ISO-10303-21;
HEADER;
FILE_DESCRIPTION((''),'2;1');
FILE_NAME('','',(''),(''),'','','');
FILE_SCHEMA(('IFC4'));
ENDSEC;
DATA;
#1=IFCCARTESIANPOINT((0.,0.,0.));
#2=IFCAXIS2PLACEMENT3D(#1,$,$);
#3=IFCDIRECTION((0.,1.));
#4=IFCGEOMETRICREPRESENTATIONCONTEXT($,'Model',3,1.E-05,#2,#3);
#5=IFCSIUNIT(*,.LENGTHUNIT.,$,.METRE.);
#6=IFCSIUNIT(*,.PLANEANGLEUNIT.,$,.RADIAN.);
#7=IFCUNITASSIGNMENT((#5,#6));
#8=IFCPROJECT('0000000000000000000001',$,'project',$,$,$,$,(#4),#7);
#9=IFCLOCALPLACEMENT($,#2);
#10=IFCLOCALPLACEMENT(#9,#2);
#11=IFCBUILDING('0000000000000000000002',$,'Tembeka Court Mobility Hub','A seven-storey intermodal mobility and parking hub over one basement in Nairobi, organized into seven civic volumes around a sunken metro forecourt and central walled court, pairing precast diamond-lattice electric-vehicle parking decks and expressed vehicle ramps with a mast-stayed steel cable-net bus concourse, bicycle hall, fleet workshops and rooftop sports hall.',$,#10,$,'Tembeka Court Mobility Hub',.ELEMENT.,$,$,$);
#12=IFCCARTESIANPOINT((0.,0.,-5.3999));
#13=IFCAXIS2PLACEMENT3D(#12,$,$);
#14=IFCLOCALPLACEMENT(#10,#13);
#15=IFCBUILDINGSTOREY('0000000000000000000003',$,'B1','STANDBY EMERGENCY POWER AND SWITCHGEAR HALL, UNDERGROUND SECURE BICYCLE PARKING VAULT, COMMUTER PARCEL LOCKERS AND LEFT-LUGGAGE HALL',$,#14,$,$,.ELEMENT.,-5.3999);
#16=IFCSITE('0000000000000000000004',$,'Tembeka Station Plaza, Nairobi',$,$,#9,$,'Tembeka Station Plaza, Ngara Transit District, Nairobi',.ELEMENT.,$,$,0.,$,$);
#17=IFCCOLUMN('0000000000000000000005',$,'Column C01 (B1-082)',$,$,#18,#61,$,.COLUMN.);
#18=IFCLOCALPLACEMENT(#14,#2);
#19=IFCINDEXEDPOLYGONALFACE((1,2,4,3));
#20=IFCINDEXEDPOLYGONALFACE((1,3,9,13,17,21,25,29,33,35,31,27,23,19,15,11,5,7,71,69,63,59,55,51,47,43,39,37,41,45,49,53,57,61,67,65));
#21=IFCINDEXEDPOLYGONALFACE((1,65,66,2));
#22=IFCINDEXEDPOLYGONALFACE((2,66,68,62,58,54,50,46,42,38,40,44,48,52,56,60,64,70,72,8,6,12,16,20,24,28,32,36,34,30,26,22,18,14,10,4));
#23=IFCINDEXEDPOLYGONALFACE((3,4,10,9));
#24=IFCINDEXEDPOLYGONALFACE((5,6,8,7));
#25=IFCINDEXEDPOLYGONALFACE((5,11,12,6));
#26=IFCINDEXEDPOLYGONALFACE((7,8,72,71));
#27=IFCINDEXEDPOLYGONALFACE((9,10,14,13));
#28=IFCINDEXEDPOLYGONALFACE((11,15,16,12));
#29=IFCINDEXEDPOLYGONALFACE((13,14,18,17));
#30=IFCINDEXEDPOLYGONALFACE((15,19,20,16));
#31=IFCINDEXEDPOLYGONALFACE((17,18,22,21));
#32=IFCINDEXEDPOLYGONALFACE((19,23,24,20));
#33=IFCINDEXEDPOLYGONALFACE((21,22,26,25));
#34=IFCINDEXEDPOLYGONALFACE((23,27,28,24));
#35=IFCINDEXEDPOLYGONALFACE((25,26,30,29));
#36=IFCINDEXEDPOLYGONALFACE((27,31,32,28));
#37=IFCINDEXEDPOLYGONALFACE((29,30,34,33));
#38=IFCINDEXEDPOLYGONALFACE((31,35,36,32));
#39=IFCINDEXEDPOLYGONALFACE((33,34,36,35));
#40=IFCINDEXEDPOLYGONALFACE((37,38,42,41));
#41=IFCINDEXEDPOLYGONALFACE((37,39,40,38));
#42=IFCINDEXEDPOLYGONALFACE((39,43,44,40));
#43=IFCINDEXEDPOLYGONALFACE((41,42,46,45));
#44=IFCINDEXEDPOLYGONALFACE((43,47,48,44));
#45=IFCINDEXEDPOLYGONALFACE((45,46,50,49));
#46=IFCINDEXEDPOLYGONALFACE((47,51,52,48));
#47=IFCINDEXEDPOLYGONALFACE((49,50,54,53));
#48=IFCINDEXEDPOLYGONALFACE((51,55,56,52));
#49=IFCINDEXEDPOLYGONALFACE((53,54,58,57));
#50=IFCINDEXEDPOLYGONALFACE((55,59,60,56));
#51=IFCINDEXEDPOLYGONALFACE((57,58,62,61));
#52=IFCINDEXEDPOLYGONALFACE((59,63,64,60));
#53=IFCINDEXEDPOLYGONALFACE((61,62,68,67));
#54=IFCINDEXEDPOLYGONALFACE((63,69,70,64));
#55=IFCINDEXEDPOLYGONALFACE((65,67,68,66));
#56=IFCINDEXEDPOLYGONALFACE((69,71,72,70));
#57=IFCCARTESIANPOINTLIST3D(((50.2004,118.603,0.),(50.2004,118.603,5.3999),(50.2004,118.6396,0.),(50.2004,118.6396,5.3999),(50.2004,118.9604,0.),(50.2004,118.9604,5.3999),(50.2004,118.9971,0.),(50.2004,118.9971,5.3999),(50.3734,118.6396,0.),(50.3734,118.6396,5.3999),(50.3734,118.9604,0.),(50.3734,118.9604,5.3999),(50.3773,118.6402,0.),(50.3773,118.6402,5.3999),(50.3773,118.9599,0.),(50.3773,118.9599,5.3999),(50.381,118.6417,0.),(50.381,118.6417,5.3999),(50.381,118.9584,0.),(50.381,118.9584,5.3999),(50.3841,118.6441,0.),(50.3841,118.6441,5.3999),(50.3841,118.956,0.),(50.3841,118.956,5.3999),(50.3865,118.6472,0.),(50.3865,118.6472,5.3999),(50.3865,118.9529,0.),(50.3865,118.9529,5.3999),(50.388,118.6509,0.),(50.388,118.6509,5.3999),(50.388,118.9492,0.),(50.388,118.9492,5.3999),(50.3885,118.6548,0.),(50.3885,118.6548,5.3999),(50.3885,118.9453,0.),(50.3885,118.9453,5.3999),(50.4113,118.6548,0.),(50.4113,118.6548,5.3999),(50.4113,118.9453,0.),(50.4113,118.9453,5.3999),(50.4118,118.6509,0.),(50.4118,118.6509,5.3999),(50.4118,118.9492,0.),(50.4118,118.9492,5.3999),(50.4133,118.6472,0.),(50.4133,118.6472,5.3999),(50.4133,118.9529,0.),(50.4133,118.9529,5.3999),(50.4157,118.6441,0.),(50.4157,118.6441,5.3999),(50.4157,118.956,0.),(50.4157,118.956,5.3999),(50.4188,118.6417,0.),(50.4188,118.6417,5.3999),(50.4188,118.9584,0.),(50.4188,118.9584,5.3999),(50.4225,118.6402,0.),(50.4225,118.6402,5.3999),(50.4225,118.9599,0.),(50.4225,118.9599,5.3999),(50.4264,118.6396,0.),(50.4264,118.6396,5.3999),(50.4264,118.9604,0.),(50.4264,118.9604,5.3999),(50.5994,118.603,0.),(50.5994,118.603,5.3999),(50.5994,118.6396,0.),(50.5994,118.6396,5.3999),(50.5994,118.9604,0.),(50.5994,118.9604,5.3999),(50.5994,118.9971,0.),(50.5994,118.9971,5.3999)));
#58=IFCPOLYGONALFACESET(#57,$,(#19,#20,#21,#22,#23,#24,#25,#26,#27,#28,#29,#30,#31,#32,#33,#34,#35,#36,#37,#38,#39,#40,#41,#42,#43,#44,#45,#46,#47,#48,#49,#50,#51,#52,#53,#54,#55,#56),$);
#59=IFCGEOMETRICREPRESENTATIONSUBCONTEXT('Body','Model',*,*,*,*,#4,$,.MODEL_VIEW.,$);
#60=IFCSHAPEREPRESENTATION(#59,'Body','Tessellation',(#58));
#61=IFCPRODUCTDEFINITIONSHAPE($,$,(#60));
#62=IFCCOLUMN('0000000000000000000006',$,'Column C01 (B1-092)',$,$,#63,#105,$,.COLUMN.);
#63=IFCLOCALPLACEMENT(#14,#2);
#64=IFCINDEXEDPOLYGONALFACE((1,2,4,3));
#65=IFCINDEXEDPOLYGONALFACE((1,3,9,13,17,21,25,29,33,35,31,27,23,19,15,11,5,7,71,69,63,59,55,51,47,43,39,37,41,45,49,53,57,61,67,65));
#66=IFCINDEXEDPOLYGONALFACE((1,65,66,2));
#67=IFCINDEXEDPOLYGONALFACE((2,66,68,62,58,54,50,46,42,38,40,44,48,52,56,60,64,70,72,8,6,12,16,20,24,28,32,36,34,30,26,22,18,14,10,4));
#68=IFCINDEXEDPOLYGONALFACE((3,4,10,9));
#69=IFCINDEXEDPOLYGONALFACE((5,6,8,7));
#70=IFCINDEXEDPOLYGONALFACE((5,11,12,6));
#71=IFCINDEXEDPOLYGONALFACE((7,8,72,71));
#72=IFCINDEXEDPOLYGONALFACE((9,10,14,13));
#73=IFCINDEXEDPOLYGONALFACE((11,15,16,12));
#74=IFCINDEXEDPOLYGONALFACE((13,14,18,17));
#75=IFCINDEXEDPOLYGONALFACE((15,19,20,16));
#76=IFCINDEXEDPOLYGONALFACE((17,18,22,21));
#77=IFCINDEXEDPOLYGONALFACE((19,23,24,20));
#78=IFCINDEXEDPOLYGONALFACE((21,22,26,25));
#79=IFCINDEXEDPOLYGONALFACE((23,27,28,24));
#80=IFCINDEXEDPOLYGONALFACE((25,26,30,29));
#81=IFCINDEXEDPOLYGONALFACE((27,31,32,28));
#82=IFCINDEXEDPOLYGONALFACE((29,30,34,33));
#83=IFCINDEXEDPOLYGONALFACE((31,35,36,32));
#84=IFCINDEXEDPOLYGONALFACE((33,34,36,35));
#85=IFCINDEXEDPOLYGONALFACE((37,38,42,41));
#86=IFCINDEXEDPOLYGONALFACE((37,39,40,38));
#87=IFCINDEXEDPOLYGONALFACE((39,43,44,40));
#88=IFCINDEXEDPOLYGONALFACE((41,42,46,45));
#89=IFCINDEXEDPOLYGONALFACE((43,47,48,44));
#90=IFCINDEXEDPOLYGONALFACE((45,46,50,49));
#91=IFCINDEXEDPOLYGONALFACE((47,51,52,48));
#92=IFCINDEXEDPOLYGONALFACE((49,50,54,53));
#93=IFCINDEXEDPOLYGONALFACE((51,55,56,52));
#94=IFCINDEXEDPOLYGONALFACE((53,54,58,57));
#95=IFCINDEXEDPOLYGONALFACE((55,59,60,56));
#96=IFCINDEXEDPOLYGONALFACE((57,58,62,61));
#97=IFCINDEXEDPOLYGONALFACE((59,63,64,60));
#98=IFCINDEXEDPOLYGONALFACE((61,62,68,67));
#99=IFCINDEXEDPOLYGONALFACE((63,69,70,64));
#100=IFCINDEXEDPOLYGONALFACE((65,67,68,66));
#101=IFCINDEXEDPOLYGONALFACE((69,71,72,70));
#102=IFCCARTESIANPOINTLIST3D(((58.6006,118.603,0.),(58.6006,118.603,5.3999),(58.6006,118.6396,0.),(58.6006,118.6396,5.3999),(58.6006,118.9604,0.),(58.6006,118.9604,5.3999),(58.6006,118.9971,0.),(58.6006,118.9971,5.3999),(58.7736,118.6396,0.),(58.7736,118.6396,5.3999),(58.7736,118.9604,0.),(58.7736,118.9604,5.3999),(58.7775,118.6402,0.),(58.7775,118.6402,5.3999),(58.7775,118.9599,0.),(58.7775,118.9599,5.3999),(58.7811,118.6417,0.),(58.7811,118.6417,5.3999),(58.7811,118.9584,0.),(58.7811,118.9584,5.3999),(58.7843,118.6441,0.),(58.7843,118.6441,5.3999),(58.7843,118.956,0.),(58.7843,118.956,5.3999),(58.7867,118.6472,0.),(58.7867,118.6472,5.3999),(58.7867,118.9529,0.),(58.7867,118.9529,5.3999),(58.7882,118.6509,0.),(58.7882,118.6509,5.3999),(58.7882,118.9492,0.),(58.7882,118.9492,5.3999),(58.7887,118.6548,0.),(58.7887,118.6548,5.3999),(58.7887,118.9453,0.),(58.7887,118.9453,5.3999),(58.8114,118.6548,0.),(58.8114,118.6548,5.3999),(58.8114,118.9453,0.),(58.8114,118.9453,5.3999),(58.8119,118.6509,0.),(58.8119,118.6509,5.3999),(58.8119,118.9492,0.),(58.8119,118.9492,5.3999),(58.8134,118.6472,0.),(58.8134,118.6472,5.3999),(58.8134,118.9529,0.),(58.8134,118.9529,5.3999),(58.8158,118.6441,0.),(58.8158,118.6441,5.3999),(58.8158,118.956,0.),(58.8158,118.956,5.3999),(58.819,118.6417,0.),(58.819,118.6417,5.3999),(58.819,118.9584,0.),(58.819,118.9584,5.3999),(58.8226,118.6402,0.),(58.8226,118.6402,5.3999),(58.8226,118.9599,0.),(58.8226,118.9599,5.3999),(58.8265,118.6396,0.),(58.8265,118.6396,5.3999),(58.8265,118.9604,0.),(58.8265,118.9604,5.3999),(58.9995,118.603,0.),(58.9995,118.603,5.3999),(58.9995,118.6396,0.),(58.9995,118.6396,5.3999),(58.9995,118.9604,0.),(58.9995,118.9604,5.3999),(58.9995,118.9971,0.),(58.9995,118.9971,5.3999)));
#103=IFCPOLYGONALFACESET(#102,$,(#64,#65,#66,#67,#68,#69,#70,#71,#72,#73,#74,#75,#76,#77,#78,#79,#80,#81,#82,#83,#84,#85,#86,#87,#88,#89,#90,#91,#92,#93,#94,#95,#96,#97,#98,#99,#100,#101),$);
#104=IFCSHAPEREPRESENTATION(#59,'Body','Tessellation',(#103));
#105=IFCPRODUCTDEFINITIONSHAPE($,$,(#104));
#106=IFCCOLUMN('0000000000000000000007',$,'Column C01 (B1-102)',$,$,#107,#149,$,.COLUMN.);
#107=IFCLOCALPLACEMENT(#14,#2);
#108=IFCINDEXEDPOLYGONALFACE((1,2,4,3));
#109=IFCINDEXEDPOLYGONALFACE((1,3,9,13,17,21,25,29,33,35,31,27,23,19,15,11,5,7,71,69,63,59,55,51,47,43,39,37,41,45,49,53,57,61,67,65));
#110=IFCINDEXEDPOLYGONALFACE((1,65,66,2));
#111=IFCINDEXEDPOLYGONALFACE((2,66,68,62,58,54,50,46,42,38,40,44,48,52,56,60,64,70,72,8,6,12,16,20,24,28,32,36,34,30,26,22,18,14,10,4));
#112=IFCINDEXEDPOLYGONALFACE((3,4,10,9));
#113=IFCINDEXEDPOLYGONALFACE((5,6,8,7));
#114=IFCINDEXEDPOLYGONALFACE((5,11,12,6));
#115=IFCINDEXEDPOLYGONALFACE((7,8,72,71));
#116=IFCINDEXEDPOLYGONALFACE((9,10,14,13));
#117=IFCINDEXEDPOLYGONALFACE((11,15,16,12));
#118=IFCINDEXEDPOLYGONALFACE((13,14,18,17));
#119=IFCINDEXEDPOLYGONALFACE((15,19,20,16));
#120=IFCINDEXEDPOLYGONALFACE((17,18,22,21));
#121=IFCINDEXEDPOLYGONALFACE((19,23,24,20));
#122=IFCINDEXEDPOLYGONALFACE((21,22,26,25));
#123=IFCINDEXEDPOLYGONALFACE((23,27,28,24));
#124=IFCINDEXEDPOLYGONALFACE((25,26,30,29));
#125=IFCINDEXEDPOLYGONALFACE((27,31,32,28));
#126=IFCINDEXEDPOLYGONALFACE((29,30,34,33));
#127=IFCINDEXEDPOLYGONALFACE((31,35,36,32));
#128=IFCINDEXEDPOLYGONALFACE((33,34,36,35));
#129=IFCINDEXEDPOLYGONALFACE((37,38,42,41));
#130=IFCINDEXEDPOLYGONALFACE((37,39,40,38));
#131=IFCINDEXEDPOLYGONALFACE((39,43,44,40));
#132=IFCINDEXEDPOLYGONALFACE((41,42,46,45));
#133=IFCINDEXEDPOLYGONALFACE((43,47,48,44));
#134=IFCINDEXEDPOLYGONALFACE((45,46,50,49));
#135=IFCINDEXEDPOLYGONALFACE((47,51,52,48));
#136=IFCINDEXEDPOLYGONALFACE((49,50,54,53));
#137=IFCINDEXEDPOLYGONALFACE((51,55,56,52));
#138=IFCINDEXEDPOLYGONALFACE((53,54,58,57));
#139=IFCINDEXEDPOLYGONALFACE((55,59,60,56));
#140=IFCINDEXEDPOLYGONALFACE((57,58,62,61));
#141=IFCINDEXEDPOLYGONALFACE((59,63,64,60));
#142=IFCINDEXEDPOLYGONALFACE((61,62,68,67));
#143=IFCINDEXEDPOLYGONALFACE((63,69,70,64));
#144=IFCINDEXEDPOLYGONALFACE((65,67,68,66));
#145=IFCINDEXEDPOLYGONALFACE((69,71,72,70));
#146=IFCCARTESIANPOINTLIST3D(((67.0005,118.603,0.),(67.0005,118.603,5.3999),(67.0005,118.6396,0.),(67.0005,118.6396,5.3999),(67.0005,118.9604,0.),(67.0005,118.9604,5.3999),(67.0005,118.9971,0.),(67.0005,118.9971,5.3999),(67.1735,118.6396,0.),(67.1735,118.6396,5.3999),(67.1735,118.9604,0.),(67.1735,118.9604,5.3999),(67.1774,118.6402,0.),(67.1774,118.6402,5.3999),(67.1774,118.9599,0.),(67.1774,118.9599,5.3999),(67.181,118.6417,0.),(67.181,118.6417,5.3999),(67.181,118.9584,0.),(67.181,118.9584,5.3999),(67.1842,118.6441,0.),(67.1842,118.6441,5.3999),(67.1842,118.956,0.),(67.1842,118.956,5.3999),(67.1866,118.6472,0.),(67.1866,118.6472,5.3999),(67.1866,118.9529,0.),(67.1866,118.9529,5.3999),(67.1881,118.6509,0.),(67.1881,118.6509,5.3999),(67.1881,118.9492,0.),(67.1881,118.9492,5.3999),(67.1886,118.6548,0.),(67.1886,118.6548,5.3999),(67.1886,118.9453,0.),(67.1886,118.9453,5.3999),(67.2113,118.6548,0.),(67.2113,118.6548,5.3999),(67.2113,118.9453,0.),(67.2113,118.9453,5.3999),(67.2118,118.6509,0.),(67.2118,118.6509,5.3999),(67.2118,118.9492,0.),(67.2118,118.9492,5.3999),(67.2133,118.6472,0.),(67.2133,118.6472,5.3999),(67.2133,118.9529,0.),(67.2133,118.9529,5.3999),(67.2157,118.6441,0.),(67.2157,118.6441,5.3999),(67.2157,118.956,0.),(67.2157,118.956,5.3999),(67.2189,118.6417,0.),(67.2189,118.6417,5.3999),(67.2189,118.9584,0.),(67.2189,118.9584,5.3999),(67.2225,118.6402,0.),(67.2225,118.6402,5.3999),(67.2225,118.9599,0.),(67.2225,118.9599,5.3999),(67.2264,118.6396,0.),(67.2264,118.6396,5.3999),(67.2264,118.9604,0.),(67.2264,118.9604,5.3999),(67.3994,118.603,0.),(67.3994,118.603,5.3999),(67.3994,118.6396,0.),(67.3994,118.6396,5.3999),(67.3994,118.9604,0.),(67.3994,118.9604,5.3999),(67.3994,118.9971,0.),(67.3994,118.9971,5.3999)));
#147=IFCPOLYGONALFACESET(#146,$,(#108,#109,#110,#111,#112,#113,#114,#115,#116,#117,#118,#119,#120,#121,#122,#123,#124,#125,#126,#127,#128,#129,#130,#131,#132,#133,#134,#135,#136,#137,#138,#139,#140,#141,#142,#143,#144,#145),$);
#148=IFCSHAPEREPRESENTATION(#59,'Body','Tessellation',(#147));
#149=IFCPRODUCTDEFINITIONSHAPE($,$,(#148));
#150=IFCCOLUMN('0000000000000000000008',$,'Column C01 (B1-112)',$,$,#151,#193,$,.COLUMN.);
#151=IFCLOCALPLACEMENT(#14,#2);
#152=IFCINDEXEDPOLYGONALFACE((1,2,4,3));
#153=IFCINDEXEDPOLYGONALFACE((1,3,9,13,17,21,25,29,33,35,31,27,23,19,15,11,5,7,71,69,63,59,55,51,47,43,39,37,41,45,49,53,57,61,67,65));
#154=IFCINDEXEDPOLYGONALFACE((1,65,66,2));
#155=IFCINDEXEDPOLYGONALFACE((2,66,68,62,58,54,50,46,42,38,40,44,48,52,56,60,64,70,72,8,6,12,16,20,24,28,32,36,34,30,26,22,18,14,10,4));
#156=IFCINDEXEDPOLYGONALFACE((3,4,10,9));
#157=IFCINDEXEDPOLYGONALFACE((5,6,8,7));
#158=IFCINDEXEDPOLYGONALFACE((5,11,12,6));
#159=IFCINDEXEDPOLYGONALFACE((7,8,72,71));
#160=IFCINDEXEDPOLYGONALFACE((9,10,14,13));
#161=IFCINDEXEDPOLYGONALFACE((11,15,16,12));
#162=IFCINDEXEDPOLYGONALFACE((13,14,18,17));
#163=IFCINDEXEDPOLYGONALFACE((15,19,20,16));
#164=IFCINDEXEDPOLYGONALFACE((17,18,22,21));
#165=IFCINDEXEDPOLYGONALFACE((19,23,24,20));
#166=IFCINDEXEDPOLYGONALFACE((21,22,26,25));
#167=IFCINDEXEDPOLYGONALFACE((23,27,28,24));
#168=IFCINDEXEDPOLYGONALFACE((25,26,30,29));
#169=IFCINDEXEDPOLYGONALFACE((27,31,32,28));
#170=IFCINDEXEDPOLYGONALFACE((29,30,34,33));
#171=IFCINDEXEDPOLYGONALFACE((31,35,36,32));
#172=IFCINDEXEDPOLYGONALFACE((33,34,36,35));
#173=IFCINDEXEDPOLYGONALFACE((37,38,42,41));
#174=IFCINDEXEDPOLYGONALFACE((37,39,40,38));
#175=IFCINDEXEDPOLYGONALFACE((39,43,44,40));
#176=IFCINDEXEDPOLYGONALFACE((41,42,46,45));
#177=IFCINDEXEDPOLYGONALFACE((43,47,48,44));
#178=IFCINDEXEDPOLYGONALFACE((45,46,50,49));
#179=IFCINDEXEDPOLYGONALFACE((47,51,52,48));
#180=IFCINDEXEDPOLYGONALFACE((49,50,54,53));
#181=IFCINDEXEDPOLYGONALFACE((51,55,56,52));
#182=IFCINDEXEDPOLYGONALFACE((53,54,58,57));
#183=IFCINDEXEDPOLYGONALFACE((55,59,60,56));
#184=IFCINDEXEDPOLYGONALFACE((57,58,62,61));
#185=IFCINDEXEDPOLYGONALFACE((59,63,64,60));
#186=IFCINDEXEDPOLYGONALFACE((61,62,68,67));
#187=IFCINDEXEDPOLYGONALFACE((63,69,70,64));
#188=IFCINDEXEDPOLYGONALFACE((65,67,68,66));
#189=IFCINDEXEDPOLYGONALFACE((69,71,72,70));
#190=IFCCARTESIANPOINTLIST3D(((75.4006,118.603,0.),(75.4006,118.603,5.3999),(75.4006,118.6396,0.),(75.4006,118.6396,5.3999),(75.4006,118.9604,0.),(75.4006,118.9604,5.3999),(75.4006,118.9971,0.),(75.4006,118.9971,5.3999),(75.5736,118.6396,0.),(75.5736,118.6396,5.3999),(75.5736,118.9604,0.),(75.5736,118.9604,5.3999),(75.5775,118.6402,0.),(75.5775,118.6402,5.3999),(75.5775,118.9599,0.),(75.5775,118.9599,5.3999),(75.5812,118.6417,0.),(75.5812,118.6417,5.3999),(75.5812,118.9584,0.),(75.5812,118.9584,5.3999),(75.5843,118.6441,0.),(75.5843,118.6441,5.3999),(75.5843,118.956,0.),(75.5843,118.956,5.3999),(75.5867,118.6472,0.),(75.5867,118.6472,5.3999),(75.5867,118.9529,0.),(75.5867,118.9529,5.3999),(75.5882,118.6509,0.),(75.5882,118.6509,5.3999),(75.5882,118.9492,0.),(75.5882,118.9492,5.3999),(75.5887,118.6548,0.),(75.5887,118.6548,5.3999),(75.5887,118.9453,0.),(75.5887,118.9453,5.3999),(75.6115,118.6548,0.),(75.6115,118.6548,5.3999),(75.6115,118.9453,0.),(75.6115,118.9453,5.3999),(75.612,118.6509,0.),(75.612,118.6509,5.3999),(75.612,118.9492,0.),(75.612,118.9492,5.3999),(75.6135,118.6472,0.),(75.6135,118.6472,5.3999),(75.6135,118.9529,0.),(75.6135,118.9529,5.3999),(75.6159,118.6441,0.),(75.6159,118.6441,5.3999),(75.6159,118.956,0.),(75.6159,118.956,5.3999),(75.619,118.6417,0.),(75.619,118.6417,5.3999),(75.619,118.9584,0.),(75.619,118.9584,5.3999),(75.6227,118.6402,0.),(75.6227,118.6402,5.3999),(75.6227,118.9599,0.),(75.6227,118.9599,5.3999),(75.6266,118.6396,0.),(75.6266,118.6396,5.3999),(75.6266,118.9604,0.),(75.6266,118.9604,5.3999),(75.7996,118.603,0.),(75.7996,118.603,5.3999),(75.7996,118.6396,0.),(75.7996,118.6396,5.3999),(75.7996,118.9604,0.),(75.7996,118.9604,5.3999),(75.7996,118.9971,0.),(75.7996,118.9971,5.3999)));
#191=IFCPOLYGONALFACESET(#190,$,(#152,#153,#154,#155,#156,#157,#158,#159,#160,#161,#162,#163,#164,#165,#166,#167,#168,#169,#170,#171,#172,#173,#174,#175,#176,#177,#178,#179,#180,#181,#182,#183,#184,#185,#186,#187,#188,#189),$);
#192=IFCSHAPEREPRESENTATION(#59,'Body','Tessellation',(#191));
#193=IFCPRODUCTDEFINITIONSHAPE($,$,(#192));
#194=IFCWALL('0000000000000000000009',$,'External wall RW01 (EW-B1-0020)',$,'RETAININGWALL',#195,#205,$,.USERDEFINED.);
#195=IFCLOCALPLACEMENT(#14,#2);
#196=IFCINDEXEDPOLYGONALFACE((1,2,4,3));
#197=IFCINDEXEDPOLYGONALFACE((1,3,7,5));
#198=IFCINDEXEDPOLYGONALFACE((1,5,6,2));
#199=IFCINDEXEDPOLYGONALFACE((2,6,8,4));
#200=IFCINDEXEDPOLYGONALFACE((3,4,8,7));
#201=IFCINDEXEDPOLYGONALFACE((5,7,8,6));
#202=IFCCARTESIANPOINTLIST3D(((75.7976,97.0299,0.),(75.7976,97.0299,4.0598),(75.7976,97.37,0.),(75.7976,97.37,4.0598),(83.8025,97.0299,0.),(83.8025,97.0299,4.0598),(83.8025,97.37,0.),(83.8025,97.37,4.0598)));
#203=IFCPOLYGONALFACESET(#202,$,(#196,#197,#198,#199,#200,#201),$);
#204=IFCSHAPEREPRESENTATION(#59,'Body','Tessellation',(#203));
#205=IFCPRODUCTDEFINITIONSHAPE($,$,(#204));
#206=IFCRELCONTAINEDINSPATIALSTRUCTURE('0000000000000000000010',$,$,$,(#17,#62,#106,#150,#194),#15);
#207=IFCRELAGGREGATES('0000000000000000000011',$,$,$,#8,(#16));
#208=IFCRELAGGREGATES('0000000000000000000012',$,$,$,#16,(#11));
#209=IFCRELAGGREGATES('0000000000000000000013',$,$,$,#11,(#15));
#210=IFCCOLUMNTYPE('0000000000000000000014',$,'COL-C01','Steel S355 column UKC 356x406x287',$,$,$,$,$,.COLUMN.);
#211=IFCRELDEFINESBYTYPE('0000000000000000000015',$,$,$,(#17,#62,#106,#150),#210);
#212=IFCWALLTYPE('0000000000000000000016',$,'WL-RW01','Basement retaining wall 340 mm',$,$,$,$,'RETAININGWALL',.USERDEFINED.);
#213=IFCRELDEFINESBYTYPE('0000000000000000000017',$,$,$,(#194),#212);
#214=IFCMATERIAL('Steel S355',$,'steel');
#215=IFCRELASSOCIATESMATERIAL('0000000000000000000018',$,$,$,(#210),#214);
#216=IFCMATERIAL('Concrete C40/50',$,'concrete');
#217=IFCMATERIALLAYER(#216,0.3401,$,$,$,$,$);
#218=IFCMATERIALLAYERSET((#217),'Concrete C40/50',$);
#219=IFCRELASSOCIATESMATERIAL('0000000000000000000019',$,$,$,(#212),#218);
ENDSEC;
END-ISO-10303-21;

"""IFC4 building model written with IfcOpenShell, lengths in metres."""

from ifc_helpers import new_model, si_unit, direction, frame, frame_2d, origin, origin_2d, place, context, subcontext, project, spatial, rectangle, i_section, extrude, material, layer, layer_set, material_profile, profile_set, type_object, element, save


model = new_model("IFC4")

# Units and contexts
model_context = context("Model", 3, precision=1e-05, world=origin(), true_north=direction((0.0, 1.0)))
body_context = subcontext(model_context, "Body", "Model", "MODEL_VIEW")
ifc_project = project(units=[si_unit("LENGTHUNIT", "METRE"), si_unit("PLANEANGLEUNIT", "RADIAN")], contexts=[model_context])

# Site, building, storey
site_placement = place(None, origin())
site = spatial("IfcSite", under=ifc_project, at=site_placement, Name="Tembeka Station Plaza, Nairobi", LongName="Tembeka Station Plaza, Ngara Transit District, Nairobi", CompositionType="ELEMENT", RefElevation=0.0)
building_placement = place(site_placement, origin())
building = spatial("IfcBuilding", under=site, at=building_placement, Name="Tembeka Court Mobility Hub", Description="A seven-storey intermodal mobility and parking hub over one basement in Nairobi, organized into seven civic volumes around a sunken metro forecourt and central walled court, pairing precast diamond-lattice electric-vehicle parking decks and expressed vehicle ramps with a mast-stayed steel cable-net bus concourse, bicycle hall, fleet workshops and rooftop sports hall.", LongName="Tembeka Court Mobility Hub", CompositionType="ELEMENT")
storey_placement = place(building_placement, frame((0.0, 0.0, -5.3999)))
storey = spatial("IfcBuildingStorey", under=building, at=storey_placement, Name="B1", Description="STANDBY EMERGENCY POWER AND SWITCHGEAR HALL, UNDERGROUND SECURE BICYCLE PARKING VAULT, COMMUTER PARCEL LOCKERS AND LEFT-LUGGAGE HALL", CompositionType="ELEMENT", Elevation=-5.3999)

# Shared definitions
ifc_material_1 = material(Name="Concrete C40/50", Category="concrete")

# Columns
ifc_material_2 = material(Name="Steel S355", Category="steel")
ifc_material_profile_1 = material_profile(ifc_material_2, i_section(OverallWidth=0.3989, OverallDepth=0.394, WebThickness=0.0227, FlangeThickness=0.0366, FilletRadius=0.0151, at=origin_2d()), Name="UKC 356x406x287")
ifc_profile_set_1 = profile_set([ifc_material_profile_1], Name="Steel S355")
column_type = type_object("IfcColumnType", Name="COL-C01", Description="Steel S355 column UKC 356x406x287", PredefinedType="COLUMN", material=ifc_profile_set_1)
for number, where, z_axis, x_axis, name in (
    (1, (50.3999, 118.8, 0.0), (0.0, 0.0, 1.0), (1.0, 0.0, 0.0), "Column C01 (B1-082)"),
    (2, (58.8, 118.8, 0.0), (0.0, 0.0, 1.0), (1.0, 0.0, 0.0), "Column C01 (B1-092)"),
    (3, (67.2, 118.8, 0.0), (0.0, 0.0, 1.0), (1.0, 0.0, 0.0), "Column C01 (B1-102)"),
    (4, (75.6001, 118.8, 0.0), (0.0, 0.0, 1.0), (1.0, 0.0, 0.0), "Column C01 (B1-112)"),
):
    element("IfcColumn", number, at=place(storey_placement, frame(where, z_axis=z_axis, x_axis=x_axis)), inside=storey, type_object=column_type, Name=name, PredefinedType="COLUMN", context=body_context, shape_type="SweptSolid", body=[
        extrude(i_section(OverallWidth=0.3989, OverallDepth=0.394, WebThickness=0.0227, FlangeThickness=0.0366, FilletRadius=0.0151, at=origin_2d()), origin(), (0.0, 0.0, 1.0), 5.3999),
    ])

# Wall
ifc_layer = layer(ifc_material_1, 0.3401)
ifc_layer_set = layer_set([ifc_layer], Name="Concrete C40/50")
wall_type = type_object("IfcWallType", Name="WL-RW01", Description="Basement retaining wall 340 mm", ElementType="RETAININGWALL", PredefinedType="USERDEFINED", material=ifc_layer_set)
wall_placement = place(storey_placement, frame((75.7976, 97.2, 0.0), z_axis=(0.0, 0.0, 1.0), x_axis=(1.0, 0.0, 0.0)))
element("IfcWall", 5, at=wall_placement, inside=storey, type_object=wall_type, Name="External wall RW01 (EW-B1-0020)", ObjectType="RETAININGWALL", PredefinedType="USERDEFINED", context=body_context, shape_type="SweptSolid", body=[
    extrude(rectangle(XDim=8.0049, YDim=0.3401, at=frame_2d((4.0024, 0.0))), origin(), (0.0, 0.0, 1.0), 4.0598),
])

save(model, "model.ifc")
